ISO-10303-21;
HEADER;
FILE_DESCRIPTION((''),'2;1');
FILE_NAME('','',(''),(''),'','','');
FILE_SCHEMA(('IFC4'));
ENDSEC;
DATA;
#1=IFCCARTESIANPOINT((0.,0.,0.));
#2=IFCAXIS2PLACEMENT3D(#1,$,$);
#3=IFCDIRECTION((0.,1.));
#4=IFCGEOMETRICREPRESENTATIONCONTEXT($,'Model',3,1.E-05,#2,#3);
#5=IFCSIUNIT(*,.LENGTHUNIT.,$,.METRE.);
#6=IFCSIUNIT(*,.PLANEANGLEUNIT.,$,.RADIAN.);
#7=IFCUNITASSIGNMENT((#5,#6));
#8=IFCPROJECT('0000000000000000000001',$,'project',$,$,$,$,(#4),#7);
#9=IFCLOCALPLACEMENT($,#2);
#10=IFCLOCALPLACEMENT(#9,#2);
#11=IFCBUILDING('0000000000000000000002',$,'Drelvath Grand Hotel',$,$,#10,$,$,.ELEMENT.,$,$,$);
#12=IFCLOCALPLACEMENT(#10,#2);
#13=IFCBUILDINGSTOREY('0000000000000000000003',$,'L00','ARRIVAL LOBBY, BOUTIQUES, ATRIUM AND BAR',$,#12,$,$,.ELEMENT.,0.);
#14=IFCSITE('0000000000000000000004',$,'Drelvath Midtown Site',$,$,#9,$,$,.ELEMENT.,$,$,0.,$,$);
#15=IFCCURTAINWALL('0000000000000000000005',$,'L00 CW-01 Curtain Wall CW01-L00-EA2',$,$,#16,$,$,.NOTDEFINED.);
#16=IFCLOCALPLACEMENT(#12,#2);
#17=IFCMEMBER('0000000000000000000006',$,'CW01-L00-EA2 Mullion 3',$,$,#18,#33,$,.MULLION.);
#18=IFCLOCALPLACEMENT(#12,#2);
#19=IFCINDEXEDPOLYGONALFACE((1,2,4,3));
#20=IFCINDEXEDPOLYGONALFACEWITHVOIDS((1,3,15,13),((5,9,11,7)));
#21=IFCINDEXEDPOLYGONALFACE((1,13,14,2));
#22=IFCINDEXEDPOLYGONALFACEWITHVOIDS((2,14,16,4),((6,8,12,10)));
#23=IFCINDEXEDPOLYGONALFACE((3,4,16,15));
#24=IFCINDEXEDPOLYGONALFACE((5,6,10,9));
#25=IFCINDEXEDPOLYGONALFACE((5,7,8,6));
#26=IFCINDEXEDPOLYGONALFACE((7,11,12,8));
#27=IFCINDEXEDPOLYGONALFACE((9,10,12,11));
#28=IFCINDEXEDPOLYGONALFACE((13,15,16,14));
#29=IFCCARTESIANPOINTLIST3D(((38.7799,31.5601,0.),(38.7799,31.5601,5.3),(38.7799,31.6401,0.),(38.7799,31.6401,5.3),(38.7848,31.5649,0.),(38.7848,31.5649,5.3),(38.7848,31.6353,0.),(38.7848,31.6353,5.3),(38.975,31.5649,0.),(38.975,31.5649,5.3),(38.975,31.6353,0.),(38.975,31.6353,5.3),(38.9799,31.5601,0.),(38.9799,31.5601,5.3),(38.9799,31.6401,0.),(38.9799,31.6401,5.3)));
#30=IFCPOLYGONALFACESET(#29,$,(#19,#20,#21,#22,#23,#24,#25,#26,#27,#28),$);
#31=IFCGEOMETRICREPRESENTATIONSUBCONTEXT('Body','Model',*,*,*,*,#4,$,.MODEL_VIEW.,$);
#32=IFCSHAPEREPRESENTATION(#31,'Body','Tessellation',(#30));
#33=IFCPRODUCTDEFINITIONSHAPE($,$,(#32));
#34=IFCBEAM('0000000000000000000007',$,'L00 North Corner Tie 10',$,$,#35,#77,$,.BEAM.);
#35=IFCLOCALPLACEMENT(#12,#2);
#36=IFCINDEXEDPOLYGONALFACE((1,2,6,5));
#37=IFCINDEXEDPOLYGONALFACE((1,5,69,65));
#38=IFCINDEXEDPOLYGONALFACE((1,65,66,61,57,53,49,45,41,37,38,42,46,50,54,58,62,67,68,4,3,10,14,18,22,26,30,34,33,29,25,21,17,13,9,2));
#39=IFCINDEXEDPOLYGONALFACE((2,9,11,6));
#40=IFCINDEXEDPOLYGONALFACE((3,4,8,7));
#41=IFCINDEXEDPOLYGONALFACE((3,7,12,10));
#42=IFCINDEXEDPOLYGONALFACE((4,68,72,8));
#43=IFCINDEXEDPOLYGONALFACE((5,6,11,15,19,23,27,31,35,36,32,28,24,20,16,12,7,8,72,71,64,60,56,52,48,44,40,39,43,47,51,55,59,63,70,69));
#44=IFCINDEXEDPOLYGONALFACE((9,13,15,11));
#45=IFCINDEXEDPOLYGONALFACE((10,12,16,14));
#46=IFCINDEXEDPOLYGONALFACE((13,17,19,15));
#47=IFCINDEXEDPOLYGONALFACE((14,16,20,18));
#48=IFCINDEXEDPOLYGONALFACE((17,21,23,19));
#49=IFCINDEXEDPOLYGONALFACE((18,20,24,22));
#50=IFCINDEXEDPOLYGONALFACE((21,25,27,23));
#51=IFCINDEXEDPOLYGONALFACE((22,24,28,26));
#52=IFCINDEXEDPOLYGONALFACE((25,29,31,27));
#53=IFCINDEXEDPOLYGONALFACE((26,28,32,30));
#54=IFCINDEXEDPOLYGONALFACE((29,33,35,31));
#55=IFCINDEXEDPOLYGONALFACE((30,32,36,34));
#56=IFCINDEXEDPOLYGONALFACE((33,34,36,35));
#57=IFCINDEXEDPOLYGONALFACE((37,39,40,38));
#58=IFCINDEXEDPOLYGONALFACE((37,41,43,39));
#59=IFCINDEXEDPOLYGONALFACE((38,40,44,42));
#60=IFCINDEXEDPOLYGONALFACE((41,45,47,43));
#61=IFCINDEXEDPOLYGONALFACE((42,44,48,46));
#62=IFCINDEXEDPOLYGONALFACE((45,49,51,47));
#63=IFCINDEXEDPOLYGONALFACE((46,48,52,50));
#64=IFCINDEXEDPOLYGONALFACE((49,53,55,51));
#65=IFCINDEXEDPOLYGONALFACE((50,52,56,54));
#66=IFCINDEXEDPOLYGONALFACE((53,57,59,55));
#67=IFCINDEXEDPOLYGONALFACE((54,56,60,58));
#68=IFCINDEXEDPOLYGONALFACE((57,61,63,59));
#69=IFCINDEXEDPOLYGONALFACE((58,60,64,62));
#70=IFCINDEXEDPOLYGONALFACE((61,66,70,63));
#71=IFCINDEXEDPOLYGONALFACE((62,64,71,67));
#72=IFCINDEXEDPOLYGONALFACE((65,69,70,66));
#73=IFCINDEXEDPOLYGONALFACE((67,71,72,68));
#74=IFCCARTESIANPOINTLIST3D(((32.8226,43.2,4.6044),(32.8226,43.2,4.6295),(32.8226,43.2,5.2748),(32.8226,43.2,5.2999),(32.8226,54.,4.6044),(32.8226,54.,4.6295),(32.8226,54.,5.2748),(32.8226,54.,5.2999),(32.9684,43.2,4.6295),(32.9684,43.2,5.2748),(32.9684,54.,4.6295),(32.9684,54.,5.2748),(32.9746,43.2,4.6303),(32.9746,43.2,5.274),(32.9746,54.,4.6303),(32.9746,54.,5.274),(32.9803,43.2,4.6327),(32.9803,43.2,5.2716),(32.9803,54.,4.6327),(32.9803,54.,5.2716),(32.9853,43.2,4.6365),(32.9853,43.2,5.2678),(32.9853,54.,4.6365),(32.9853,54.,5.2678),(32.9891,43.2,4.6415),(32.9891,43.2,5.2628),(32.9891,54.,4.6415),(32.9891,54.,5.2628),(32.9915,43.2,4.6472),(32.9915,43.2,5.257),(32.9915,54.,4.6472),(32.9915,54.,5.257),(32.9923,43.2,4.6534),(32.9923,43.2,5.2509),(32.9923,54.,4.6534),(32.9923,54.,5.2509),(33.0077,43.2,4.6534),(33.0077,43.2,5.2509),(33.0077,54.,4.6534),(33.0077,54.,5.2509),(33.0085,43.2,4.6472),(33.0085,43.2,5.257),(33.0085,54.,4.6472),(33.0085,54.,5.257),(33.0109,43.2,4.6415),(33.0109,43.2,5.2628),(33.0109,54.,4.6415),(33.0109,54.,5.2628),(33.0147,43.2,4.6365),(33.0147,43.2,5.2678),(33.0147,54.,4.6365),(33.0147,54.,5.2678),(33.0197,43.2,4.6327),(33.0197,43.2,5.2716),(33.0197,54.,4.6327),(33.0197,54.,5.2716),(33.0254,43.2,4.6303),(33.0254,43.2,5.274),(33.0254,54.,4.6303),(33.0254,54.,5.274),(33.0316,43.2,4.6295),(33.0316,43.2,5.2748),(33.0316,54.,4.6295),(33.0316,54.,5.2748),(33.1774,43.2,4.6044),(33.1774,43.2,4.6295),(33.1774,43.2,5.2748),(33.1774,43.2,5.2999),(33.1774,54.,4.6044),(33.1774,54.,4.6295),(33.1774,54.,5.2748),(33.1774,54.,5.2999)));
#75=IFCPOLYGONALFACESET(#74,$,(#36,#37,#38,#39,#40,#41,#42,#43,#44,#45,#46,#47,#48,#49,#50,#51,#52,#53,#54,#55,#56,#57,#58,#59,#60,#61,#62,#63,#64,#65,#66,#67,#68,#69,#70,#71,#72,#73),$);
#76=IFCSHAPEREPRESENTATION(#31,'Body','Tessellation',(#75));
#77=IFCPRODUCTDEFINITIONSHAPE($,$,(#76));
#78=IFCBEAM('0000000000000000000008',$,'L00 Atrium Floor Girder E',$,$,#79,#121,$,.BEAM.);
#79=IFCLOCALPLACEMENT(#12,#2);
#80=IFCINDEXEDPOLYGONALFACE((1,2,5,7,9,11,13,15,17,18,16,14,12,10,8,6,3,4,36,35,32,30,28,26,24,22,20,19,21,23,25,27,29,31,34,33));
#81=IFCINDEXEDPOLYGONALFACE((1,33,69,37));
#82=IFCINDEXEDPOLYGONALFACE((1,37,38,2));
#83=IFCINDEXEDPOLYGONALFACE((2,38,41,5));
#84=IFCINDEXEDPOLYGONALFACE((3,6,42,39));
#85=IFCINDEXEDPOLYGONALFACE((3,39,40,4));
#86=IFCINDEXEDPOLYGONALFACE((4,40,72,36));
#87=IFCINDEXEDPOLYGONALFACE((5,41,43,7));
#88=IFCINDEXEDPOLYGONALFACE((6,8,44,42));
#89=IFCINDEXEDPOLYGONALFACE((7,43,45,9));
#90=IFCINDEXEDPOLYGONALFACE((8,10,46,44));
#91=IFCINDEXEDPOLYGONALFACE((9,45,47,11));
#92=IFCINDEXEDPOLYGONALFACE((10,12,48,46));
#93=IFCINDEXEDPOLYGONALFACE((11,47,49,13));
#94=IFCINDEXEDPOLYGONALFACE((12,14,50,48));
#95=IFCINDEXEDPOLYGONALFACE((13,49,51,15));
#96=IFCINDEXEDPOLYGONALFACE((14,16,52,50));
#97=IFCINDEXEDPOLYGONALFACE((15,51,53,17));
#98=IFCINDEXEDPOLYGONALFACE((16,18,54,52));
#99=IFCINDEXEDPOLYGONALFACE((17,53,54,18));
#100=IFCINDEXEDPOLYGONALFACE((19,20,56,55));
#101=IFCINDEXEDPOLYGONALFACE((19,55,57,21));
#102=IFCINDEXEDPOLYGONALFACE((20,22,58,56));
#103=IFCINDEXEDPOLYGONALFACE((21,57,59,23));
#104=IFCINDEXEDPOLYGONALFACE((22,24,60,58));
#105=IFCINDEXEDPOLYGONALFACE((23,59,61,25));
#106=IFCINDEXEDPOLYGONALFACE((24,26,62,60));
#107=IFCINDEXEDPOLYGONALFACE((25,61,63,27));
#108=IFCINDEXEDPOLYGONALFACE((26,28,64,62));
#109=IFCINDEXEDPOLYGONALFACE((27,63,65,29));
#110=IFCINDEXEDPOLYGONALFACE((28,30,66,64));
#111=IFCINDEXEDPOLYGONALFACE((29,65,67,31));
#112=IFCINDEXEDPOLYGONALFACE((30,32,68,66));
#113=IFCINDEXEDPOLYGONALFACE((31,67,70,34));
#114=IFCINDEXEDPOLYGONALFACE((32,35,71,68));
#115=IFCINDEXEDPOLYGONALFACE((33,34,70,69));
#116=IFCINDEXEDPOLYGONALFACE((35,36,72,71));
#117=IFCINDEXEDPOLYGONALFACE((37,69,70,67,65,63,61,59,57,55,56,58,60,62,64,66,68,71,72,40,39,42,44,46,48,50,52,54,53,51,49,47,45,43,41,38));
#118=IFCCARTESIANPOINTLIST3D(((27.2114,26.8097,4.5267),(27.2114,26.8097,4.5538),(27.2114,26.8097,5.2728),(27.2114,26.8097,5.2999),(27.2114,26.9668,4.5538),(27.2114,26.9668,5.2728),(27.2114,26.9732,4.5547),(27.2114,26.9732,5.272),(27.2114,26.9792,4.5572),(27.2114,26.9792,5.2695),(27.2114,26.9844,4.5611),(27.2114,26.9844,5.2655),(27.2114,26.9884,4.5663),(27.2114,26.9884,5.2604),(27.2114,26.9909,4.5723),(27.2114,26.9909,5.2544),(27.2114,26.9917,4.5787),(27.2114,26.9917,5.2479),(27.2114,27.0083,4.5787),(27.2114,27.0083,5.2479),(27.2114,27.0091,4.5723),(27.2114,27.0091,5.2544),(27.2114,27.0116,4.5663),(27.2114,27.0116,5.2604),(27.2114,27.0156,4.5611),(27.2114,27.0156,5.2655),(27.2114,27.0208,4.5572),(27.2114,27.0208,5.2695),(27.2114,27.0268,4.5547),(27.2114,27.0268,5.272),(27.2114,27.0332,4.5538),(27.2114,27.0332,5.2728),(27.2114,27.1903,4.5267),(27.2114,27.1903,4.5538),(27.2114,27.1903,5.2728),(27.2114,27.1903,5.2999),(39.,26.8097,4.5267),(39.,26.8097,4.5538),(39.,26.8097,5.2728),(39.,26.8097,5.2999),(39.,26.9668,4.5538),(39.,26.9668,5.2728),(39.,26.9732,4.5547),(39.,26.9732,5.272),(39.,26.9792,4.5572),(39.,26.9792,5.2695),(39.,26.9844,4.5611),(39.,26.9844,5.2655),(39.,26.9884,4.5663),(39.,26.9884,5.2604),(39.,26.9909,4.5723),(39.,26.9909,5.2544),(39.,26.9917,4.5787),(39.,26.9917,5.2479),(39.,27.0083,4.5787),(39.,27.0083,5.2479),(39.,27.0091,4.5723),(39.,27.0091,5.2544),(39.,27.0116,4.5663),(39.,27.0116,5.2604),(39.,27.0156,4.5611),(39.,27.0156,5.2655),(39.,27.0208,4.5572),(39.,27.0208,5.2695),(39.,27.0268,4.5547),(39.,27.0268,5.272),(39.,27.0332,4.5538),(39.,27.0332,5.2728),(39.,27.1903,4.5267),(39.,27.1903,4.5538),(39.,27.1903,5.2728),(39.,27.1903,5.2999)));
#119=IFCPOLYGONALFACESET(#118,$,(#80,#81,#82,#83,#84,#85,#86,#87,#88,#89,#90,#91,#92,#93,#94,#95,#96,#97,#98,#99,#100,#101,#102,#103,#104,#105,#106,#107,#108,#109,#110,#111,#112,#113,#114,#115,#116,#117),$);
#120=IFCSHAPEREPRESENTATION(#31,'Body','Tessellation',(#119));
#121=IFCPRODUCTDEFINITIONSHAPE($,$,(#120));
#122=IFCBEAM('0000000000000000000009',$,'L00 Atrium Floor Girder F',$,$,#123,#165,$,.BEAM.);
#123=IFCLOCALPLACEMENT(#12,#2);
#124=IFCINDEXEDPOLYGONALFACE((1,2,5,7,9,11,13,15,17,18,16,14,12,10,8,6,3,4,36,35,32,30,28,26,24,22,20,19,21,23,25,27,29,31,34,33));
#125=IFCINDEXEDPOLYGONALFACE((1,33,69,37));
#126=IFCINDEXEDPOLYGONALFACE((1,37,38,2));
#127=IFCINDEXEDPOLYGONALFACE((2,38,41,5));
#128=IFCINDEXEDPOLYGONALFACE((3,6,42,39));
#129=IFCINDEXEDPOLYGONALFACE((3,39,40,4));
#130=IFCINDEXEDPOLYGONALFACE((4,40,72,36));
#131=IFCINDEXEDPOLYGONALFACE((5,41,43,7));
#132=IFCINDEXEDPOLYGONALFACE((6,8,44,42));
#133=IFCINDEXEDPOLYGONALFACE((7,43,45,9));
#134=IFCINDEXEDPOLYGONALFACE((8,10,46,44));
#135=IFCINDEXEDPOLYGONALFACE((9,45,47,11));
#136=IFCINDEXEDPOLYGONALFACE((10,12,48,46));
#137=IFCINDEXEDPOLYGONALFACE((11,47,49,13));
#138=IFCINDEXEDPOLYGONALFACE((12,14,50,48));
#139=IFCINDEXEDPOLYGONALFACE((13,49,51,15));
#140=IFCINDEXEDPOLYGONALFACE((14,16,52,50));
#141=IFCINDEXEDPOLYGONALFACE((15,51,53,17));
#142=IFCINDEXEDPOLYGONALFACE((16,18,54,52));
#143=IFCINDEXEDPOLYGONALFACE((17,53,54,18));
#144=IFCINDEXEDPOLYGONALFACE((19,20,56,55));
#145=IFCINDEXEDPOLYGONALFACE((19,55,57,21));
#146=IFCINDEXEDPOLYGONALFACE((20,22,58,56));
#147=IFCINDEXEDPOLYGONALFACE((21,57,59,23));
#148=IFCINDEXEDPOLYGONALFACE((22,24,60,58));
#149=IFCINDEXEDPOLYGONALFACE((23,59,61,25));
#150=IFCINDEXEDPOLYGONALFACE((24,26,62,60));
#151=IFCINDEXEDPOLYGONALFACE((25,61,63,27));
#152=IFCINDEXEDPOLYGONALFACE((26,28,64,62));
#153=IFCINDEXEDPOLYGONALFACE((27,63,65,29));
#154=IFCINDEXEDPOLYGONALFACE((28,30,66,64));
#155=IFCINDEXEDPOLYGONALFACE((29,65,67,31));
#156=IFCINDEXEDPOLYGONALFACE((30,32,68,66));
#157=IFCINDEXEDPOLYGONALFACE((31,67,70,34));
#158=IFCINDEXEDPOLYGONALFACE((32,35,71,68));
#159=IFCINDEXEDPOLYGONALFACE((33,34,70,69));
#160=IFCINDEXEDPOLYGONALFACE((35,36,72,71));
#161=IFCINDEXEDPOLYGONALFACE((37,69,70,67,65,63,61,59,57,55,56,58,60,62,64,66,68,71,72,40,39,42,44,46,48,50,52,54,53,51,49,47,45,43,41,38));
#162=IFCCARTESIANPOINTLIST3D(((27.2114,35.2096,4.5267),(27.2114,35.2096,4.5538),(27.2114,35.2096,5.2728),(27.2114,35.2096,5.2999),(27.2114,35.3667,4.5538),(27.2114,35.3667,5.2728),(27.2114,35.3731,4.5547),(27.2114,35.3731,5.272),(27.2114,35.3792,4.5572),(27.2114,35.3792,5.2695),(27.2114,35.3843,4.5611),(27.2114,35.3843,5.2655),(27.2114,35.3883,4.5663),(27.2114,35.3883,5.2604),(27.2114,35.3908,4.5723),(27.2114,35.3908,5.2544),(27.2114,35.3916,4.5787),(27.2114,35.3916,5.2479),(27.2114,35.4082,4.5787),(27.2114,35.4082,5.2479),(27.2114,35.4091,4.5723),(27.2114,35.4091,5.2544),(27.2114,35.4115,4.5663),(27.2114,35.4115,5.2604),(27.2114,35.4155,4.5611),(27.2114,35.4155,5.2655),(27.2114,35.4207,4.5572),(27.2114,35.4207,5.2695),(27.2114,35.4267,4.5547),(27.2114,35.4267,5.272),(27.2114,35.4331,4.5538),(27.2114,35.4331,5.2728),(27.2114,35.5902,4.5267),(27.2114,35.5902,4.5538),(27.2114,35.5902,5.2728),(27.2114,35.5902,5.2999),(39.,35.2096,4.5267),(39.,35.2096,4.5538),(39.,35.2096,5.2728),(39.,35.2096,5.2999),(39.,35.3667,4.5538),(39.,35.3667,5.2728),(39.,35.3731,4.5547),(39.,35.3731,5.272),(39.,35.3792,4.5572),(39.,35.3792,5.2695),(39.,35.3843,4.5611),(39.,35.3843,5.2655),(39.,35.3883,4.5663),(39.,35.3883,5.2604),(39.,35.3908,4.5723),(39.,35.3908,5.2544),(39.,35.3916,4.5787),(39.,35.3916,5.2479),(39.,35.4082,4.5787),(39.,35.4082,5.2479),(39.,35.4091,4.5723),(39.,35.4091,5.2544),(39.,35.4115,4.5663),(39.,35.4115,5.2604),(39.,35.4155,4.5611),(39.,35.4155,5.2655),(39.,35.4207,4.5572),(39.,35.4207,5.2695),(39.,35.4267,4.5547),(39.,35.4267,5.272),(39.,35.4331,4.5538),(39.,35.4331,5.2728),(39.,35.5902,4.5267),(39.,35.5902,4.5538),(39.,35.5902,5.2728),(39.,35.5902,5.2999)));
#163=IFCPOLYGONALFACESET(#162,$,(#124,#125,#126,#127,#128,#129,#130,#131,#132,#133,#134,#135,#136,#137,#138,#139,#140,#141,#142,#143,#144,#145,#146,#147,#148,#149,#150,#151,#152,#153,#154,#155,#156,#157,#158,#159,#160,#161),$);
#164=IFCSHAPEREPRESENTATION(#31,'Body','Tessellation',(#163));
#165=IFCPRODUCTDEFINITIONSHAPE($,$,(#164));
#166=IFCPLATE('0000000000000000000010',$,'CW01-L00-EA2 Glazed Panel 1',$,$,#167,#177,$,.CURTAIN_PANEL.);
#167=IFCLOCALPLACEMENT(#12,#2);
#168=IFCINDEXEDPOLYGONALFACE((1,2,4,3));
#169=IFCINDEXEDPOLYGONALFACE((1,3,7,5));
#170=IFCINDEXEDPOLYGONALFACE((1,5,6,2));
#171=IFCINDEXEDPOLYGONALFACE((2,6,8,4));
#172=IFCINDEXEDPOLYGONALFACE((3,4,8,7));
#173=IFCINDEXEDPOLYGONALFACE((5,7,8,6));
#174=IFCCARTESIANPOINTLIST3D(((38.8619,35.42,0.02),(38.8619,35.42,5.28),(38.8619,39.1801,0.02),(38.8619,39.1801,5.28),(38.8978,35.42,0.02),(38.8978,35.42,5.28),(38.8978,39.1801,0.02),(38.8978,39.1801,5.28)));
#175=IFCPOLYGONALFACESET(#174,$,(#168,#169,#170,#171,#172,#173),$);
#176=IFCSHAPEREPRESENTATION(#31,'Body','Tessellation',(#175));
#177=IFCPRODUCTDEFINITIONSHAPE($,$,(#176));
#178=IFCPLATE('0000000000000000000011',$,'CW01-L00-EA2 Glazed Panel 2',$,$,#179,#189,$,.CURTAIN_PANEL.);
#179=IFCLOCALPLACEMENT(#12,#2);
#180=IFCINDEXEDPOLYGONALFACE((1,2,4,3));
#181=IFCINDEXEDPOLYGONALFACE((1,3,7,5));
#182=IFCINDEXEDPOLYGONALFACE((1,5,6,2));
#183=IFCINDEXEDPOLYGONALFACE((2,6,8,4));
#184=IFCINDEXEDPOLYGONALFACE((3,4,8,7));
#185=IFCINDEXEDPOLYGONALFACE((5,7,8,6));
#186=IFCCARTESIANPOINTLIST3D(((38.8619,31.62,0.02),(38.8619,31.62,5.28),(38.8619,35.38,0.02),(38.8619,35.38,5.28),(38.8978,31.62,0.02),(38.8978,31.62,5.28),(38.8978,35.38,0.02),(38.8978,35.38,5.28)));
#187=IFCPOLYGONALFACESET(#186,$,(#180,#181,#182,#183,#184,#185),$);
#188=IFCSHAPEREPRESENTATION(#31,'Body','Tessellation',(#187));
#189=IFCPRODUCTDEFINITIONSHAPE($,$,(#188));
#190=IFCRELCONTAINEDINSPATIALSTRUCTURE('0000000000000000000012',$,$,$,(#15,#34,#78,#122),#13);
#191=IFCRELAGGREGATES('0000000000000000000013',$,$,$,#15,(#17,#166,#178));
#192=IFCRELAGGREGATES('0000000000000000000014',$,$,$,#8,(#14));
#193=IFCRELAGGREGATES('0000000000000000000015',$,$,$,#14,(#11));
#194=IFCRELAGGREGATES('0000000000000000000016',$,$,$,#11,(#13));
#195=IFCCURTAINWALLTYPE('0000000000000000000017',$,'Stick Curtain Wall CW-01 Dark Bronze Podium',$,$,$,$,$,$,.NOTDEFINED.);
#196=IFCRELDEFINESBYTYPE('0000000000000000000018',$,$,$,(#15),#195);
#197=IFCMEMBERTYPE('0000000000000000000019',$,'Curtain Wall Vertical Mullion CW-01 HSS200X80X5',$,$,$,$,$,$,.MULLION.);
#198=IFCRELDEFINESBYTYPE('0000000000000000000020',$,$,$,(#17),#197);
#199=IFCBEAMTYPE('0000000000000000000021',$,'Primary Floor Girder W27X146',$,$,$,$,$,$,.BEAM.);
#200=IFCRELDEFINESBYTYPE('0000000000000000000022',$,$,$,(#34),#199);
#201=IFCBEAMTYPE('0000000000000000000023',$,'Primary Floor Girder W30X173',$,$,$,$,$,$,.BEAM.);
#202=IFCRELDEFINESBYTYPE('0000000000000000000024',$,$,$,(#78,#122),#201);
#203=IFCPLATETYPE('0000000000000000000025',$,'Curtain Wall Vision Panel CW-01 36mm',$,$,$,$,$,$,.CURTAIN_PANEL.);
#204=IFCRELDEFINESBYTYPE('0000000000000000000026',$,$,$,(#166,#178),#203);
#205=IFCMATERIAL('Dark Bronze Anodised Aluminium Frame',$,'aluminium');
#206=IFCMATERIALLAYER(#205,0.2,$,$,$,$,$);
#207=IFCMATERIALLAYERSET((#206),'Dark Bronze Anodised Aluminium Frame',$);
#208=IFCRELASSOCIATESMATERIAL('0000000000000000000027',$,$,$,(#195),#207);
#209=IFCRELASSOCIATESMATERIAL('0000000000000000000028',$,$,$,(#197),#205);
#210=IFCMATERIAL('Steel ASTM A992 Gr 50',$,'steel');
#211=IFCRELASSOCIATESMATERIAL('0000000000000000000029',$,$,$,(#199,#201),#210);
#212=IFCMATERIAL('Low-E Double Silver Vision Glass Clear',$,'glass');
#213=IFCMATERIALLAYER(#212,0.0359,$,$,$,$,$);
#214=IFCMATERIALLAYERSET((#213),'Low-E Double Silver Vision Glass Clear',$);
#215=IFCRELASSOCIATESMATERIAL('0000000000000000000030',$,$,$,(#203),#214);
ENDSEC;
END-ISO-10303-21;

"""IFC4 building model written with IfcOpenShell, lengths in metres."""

from ifc_helpers import new_model, si_unit, direction, frame, origin, origin_2d, place, context, subcontext, project, spatial, rectangle, hollow_rectangle, i_section, extrude, material, layer, layer_set, material_profile, profile_set, type_object, element, aggregate, save


model = new_model("IFC4")

# Units and contexts
model_context = context("Model", 3, precision=1e-05, world=origin(), true_north=direction((0.0, 1.0)))
body_context = subcontext(model_context, "Body", "Model", "MODEL_VIEW")
ifc_project = project(units=[si_unit("LENGTHUNIT", "METRE"), si_unit("PLANEANGLEUNIT", "RADIAN")], contexts=[model_context])

# Site, building, storey
site_placement = place(None, origin())
site = spatial("IfcSite", under=ifc_project, at=site_placement, Name="Drelvath Midtown Site", CompositionType="ELEMENT", RefElevation=0.0)
building_placement = place(site_placement, origin())
building = spatial("IfcBuilding", under=site, at=building_placement, Name="Drelvath Grand Hotel", CompositionType="ELEMENT")
storey_placement = place(building_placement, origin())
storey = spatial("IfcBuildingStorey", under=building, at=storey_placement, Name="L00", Description="ARRIVAL LOBBY, BOUTIQUES, ATRIUM AND BAR", CompositionType="ELEMENT", Elevation=0.0)

# Curtain wall, member
ifc_material_1 = material(Name="Dark Bronze Anodised Aluminium Frame", Category="aluminium")
ifc_layer_1 = layer(ifc_material_1, 0.2)
ifc_layer_set_1 = layer_set([ifc_layer_1], Name="Dark Bronze Anodised Aluminium Frame")
curtain_wall_type = type_object("IfcCurtainWallType", Name="Stick Curtain Wall CW-01 Dark Bronze Podium", PredefinedType="NOTDEFINED", material=ifc_layer_set_1)
curtain_wall_placement = place(storey_placement, origin())
curtain_wall = element("IfcCurtainWall", 1, at=curtain_wall_placement, inside=storey, type_object=curtain_wall_type, Name="L00 CW-01 Curtain Wall CW01-L00-EA2", PredefinedType="NOTDEFINED")
ifc_material_profile_1 = material_profile(ifc_material_1, hollow_rectangle(XDim=0.0801, YDim=0.2, WallThickness=0.0049, at=origin_2d()), Name="HSS200X80X5")
ifc_profile_set_1 = profile_set([ifc_material_profile_1], Name="Dark Bronze Anodised Aluminium Frame")
member_type_1 = type_object("IfcMemberType", Name="Curtain Wall Vertical Mullion CW-01 HSS200X80X5", PredefinedType="MULLION", material=ifc_profile_set_1)
member_1_placement = place(storey_placement, frame((38.8799, 31.6001, 0.0), z_axis=(0.0, 0.0, 1.0), x_axis=(0.0, 1.0, 0.0)))
member_1 = element("IfcMember", 2, at=member_1_placement, type_object=member_type_1, Name="CW01-L00-EA2 Mullion 3", PredefinedType="MULLION", context=body_context, shape_type="SweptSolid", body=[
    extrude(hollow_rectangle(XDim=0.0801, YDim=0.2, WallThickness=0.0049, at=origin_2d()), origin(), (0.0, 0.0, 1.0), 5.3),
])

# Beams
ifc_material_2 = material(Name="Steel ASTM A992 Gr 50", Category="steel")
ifc_material_profile_2 = material_profile(ifc_material_2, i_section(OverallWidth=0.3547, OverallDepth=0.6956, WebThickness=0.0154, FlangeThickness=0.0251, FilletRadius=0.0239, at=origin_2d()), Name="W27X146")
ifc_profile_set_2 = profile_set([ifc_material_profile_2], Name="Steel ASTM A992 Gr 50")
beam_type_1 = type_object("IfcBeamType", Name="Primary Floor Girder W27X146", PredefinedType="BEAM", material=ifc_profile_set_2)
beam_placement = place(storey_placement, frame((33.0, 43.2, 4.9521), z_axis=(0.0, 1.0, 0.0), x_axis=(-1.0, 0.0, 0.0)))
element("IfcBeam", 3, at=beam_placement, inside=storey, type_object=beam_type_1, Name="L00 North Corner Tie 10", PredefinedType="BEAM", context=body_context, shape_type="SweptSolid", body=[
    extrude(i_section(OverallWidth=0.3547, OverallDepth=0.6956, WebThickness=0.0154, FlangeThickness=0.0251, FilletRadius=0.0239, at=origin_2d()), origin(), (0.0, 0.0, 1.0), 10.8),
])
ifc_material_profile_3 = material_profile(ifc_material_2, i_section(OverallWidth=0.3806, OverallDepth=0.7732, WebThickness=0.0166, FlangeThickness=0.0271, FilletRadius=0.0249, at=origin_2d()), Name="W30X173")
ifc_profile_set_3 = profile_set([ifc_material_profile_3], Name="Steel ASTM A992 Gr 50")
beam_type_2 = type_object("IfcBeamType", Name="Primary Floor Girder W30X173", PredefinedType="BEAM", material=ifc_profile_set_3)
for number, where, z_axis, x_axis, name in (
    (4, (27.2114, 27.0, 4.9133), (1.0, 0.0, 0.0), (0.0, 1.0, 0.0), "L00 Atrium Floor Girder E"),
    (5, (27.2114, 35.3999, 4.9133), (1.0, 0.0, 0.0), (0.0, 1.0, 0.0), "L00 Atrium Floor Girder F"),
):
    element("IfcBeam", number, at=place(storey_placement, frame(where, z_axis=z_axis, x_axis=x_axis)), inside=storey, type_object=beam_type_2, Name=name, PredefinedType="BEAM", context=body_context, shape_type="SweptSolid", body=[
        extrude(i_section(OverallWidth=0.3806, OverallDepth=0.7732, WebThickness=0.0166, FlangeThickness=0.0271, FilletRadius=0.0249, at=origin_2d()), origin(), (0.0, 0.0, 1.0), 11.7886),
    ])

# Plates
ifc_material_3 = material(Name="Low-E Double Silver Vision Glass Clear", Category="glass")
ifc_layer_2 = layer(ifc_material_3, 0.0359)
ifc_layer_set_2 = layer_set([ifc_layer_2], Name="Low-E Double Silver Vision Glass Clear")
plate_type = type_object("IfcPlateType", Name="Curtain Wall Vision Panel CW-01 36mm", PredefinedType="CURTAIN_PANEL", material=ifc_layer_set_2)
plate_1_placement = place(storey_placement, frame((38.8799, 37.3, 0.02), z_axis=(0.0, 0.0, 1.0), x_axis=(0.0, -1.0, 0.0)))
plate_1 = element("IfcPlate", 6, at=plate_1_placement, type_object=plate_type, Name="CW01-L00-EA2 Glazed Panel 1", PredefinedType="CURTAIN_PANEL", context=body_context, shape_type="SweptSolid", body=[
    extrude(rectangle(XDim=3.76, YDim=0.0359, at=origin_2d()), origin(), (0.0, 0.0, 1.0), 5.26),
])
plate_2_placement = place(storey_placement, frame((38.8799, 33.5, 0.02), z_axis=(0.0, 0.0, 1.0), x_axis=(0.0, -1.0, 0.0)))
plate_2 = element("IfcPlate", 7, at=plate_2_placement, type_object=plate_type, Name="CW01-L00-EA2 Glazed Panel 2", PredefinedType="CURTAIN_PANEL", context=body_context, shape_type="SweptSolid", body=[
    extrude(rectangle(XDim=3.76, YDim=0.0359, at=origin_2d()), origin(), (0.0, 0.0, 1.0), 5.26),
])
aggregate(curtain_wall, [member_1, plate_1, plate_2])

save(model, "model.ifc")
